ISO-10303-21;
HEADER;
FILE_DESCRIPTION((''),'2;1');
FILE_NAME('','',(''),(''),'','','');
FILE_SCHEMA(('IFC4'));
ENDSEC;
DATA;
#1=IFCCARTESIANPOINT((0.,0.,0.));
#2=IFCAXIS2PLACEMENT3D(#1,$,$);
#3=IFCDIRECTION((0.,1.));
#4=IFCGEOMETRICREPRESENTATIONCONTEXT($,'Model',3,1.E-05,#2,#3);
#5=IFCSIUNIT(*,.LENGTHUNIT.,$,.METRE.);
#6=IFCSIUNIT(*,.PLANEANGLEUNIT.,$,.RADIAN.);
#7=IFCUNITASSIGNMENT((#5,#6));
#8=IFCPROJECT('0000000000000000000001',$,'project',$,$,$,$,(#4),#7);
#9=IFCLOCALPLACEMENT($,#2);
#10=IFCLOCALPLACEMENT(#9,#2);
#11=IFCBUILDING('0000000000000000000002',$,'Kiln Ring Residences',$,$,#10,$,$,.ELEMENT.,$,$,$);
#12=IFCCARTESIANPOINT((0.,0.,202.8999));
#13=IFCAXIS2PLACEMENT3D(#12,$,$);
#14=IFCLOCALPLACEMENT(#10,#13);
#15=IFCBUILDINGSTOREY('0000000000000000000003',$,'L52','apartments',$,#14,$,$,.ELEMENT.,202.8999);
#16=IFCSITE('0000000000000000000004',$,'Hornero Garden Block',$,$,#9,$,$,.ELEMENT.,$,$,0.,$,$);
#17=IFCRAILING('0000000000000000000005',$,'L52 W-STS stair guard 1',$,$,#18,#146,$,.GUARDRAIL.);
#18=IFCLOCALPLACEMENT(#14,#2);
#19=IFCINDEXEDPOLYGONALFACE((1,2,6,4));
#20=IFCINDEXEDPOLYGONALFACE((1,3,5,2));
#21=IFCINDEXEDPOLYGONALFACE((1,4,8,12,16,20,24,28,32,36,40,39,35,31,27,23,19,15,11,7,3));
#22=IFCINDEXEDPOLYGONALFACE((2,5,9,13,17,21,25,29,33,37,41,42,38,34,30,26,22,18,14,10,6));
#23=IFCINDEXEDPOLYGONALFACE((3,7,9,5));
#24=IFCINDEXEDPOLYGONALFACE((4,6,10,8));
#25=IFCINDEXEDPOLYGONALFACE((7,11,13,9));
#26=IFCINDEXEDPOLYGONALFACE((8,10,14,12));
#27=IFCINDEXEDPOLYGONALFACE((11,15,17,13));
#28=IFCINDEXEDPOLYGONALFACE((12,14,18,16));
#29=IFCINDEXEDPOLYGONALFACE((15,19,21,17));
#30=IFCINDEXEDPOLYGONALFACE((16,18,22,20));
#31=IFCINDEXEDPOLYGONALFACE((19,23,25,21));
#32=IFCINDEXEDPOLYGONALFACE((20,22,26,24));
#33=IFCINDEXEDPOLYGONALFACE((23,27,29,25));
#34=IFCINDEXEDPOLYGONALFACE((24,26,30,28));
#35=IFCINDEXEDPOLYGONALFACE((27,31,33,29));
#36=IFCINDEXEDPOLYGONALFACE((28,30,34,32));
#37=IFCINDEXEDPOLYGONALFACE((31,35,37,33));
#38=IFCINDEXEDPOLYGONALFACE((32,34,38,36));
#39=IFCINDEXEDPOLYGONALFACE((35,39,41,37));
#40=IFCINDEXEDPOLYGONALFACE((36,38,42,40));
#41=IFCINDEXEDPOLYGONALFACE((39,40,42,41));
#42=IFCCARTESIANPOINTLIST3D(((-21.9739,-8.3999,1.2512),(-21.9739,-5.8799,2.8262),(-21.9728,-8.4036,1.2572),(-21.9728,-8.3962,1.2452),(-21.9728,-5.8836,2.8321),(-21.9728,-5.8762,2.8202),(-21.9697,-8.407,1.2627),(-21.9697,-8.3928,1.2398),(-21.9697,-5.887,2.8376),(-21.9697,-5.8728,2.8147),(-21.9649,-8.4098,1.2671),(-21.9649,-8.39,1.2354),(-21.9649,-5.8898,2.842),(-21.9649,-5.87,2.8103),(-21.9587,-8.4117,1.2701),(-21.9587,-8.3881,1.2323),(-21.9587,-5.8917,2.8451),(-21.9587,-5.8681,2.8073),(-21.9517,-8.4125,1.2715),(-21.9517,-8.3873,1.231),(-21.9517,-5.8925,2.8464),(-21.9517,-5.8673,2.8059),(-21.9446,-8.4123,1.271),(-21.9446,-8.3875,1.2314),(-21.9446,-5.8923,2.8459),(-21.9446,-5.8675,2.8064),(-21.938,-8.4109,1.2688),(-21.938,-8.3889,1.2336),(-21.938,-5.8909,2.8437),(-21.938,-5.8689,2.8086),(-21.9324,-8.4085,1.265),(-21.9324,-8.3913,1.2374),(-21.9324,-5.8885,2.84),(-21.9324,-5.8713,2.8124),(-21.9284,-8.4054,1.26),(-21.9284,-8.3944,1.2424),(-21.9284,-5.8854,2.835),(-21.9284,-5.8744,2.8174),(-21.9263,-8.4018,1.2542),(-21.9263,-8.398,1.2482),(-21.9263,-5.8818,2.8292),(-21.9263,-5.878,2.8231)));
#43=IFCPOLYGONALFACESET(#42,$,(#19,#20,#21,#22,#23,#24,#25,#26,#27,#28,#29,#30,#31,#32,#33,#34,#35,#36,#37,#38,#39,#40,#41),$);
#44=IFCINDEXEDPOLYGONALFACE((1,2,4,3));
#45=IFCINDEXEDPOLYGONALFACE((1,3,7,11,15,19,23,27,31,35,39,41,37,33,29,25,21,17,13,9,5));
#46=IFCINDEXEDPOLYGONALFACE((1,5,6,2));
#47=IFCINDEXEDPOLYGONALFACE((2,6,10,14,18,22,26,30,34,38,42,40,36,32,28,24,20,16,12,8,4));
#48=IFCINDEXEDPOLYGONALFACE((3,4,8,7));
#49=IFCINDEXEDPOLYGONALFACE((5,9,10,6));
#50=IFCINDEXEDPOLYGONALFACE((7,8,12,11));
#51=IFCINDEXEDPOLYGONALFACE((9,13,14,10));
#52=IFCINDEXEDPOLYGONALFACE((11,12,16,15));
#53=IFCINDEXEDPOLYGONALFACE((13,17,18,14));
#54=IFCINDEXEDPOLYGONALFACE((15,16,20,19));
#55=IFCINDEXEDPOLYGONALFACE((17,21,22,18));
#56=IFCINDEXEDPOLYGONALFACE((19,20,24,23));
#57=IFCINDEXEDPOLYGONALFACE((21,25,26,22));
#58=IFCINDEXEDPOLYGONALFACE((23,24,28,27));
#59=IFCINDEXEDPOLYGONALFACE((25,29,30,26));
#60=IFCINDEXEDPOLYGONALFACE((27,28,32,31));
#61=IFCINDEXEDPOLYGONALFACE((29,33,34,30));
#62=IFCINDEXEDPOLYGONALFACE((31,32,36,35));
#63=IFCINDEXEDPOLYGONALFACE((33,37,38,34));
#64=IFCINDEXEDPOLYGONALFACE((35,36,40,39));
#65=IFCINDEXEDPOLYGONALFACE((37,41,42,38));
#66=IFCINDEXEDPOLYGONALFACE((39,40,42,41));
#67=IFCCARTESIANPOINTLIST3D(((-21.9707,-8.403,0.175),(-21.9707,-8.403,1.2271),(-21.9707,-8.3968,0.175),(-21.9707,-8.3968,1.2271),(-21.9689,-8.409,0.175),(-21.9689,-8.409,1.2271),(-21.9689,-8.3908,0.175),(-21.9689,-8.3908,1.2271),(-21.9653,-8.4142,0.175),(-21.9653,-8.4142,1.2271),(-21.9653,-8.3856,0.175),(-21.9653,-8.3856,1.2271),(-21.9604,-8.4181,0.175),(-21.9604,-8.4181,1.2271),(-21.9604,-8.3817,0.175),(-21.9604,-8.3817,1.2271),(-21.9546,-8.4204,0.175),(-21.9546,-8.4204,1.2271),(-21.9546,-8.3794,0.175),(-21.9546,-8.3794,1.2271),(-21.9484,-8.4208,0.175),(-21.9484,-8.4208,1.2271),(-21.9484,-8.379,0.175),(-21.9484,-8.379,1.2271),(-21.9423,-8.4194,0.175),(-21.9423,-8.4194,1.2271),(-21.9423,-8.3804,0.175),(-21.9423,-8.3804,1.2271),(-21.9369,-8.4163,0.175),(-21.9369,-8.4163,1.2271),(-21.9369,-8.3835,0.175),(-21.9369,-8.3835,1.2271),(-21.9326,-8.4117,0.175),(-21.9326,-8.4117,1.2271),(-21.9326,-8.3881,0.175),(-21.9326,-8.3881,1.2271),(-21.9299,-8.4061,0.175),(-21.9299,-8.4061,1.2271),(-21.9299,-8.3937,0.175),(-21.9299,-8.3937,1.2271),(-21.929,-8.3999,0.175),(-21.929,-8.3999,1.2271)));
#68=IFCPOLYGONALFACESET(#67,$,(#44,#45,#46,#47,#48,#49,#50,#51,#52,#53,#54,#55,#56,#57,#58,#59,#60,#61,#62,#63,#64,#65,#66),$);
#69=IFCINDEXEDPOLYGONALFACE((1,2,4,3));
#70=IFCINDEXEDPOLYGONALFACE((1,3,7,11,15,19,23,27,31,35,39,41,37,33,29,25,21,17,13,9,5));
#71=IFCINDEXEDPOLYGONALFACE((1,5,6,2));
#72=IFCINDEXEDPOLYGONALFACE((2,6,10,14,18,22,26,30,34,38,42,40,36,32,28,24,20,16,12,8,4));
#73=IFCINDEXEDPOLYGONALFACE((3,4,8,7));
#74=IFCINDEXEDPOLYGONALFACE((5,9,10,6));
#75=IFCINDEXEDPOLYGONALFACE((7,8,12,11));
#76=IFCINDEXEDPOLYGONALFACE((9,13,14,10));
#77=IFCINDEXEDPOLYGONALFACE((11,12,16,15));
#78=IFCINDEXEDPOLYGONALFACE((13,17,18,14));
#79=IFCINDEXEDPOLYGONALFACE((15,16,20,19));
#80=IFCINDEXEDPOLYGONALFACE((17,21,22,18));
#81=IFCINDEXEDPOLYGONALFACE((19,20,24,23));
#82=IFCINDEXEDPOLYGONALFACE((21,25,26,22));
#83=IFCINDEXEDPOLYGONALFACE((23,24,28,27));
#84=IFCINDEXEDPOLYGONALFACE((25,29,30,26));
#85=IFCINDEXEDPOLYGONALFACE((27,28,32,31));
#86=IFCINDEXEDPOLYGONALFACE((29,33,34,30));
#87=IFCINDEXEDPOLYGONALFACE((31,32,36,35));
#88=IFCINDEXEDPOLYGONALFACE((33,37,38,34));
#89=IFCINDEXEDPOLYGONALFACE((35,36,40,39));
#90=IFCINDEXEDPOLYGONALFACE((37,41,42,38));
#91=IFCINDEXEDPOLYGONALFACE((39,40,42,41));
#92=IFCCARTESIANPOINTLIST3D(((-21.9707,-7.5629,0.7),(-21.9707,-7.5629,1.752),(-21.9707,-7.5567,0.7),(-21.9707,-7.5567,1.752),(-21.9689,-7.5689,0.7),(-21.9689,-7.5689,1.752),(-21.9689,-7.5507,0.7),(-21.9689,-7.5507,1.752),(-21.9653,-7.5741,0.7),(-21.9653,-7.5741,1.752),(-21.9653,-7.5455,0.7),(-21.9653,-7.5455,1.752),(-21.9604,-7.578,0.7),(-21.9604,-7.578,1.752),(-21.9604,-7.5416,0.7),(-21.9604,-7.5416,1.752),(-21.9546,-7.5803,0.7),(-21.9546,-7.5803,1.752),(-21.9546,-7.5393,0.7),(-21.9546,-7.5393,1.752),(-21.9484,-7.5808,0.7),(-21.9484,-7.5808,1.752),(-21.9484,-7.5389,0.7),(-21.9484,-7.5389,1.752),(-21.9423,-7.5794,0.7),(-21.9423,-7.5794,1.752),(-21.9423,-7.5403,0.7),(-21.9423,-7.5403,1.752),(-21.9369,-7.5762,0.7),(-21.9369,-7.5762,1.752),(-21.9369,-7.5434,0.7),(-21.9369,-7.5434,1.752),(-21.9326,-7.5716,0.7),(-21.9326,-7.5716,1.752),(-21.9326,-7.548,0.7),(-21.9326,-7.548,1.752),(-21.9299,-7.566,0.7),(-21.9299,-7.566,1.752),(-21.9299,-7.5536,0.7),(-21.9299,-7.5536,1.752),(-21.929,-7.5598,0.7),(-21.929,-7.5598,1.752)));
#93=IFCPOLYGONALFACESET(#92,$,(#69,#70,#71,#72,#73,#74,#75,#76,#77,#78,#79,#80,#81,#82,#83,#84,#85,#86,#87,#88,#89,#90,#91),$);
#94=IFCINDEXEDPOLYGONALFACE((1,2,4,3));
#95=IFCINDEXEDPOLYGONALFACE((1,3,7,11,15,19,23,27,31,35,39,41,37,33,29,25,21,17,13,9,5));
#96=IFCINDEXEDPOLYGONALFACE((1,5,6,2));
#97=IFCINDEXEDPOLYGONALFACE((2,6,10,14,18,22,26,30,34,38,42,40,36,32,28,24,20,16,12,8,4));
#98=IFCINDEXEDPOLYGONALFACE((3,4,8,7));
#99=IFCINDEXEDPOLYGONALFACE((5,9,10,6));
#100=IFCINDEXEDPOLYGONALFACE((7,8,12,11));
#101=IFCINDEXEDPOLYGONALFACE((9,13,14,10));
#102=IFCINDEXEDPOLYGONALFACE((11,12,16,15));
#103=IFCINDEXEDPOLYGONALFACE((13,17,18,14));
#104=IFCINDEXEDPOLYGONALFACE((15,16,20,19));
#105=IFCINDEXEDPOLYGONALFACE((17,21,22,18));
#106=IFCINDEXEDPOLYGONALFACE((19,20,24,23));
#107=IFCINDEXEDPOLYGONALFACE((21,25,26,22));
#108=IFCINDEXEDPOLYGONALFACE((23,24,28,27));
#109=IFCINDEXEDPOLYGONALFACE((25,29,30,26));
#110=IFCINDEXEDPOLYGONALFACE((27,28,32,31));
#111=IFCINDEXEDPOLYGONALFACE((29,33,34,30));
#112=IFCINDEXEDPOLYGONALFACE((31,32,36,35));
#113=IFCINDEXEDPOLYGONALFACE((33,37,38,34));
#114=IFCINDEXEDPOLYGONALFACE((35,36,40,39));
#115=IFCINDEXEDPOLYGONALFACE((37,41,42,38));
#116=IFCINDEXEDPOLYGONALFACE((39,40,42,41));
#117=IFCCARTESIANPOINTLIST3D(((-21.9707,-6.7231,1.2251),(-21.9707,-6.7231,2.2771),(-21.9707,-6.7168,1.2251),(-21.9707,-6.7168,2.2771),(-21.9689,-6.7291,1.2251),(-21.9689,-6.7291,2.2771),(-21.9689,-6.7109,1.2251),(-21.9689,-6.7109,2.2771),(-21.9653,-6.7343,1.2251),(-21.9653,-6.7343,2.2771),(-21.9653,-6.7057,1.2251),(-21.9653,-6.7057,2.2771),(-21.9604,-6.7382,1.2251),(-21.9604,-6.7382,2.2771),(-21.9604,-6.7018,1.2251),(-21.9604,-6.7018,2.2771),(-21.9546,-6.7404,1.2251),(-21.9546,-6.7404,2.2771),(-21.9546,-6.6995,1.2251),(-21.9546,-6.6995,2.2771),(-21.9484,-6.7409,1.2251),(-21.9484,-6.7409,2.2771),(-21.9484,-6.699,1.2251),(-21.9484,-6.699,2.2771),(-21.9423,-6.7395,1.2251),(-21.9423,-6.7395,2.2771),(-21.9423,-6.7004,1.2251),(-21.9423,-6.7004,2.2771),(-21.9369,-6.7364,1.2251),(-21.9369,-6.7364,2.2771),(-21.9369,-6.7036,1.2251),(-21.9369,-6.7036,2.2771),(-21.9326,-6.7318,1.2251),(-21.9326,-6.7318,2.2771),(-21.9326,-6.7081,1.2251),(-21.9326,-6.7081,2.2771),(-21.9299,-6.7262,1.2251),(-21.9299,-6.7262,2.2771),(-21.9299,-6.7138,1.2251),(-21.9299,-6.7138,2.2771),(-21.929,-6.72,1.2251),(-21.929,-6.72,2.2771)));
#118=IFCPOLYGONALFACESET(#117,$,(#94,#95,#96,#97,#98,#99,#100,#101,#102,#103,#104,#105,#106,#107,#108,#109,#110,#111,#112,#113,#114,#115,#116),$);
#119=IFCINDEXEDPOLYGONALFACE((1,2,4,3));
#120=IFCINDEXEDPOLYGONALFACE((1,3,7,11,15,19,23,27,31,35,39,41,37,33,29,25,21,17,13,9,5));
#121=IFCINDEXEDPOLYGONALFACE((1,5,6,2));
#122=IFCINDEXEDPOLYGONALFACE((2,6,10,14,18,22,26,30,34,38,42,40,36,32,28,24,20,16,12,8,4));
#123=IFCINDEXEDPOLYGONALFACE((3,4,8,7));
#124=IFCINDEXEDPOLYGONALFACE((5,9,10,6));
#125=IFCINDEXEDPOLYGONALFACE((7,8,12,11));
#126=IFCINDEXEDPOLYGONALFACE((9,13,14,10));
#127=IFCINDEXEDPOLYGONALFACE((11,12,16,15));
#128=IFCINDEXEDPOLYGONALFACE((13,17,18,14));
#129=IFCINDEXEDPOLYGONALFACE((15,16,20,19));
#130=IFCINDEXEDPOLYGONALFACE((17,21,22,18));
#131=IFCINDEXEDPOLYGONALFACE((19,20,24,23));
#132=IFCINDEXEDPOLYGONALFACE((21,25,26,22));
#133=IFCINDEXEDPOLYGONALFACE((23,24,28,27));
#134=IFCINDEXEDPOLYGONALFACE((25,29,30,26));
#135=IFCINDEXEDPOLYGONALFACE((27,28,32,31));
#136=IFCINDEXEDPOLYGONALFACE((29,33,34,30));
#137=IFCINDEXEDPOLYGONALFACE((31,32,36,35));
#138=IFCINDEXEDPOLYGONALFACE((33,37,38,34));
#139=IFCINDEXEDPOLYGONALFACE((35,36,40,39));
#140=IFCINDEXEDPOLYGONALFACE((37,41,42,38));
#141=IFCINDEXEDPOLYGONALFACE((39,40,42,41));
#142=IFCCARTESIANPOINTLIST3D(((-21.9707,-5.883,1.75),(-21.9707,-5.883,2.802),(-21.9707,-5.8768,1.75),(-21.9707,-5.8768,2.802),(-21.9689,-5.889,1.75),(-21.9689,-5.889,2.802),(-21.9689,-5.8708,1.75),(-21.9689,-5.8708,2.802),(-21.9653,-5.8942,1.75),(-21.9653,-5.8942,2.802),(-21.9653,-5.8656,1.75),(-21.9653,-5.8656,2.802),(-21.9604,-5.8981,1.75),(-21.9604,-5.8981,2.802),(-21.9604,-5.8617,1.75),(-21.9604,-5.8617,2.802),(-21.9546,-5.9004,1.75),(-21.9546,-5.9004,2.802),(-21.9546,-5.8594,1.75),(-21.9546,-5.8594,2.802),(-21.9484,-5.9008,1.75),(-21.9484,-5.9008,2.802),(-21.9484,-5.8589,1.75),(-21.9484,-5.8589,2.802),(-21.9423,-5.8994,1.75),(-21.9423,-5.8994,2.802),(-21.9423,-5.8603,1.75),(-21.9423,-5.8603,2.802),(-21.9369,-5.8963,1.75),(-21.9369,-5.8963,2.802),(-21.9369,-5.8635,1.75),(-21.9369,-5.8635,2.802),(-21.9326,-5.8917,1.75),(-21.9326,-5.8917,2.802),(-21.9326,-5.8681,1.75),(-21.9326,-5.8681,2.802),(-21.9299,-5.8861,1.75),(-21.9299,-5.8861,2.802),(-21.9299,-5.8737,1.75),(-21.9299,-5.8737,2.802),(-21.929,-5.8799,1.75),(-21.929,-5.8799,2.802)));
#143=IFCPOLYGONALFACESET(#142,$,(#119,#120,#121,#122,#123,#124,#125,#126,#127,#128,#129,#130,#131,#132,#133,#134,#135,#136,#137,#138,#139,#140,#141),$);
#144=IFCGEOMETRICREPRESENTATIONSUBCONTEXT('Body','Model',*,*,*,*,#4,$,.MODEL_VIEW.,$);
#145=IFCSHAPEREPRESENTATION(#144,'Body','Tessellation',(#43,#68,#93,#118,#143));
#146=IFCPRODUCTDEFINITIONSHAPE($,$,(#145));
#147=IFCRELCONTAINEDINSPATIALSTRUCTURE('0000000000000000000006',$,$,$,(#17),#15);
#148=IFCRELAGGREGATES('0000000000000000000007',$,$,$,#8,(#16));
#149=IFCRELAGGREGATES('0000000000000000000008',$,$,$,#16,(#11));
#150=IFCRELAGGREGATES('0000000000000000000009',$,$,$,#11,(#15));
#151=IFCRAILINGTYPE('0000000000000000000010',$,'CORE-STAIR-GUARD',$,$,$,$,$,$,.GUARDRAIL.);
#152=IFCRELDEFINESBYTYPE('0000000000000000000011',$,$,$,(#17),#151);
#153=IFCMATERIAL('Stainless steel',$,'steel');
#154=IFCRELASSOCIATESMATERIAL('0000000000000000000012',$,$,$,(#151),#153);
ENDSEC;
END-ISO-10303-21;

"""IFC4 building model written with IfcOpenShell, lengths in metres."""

from ifc_helpers import new_model, si_unit, direction, frame, origin, origin_2d, place, context, subcontext, project, spatial, circle, extrude, material, type_object, element, save


model = new_model("IFC4")

# Units and contexts
model_context = context("Model", 3, precision=1e-05, world=origin(), true_north=direction((0.0, 1.0)))
body_context = subcontext(model_context, "Body", "Model", "MODEL_VIEW")
ifc_project = project(units=[si_unit("LENGTHUNIT", "METRE"), si_unit("PLANEANGLEUNIT", "RADIAN")], contexts=[model_context])

# Site, building, storey
site_placement = place(None, origin())
site = spatial("IfcSite", under=ifc_project, at=site_placement, Name="Hornero Garden Block", CompositionType="ELEMENT", RefElevation=0.0)
building_placement = place(site_placement, origin())
building = spatial("IfcBuilding", under=site, at=building_placement, Name="Kiln Ring Residences", CompositionType="ELEMENT")
storey_placement = place(building_placement, frame((0.0, 0.0, 202.8999)))
storey = spatial("IfcBuildingStorey", under=building, at=storey_placement, Name="L52", Description="apartments", CompositionType="ELEMENT", Elevation=202.8999)

# Railing
ifc_material_1 = material(Name="Stainless steel", Category="steel")
railing_type_1 = type_object("IfcRailingType", Name="CORE-STAIR-GUARD", PredefinedType="GUARDRAIL", material=ifc_material_1)
railing_1_placement = place(storey_placement, frame((-21.95, -8.3999, 0.175)))
element("IfcRailing", 1, at=railing_1_placement, inside=storey, type_object=railing_type_1, Name="L52 W-STS stair guard 1", PredefinedType="GUARDRAIL", context=body_context, shape_type="SweptSolid", body=[
    extrude(circle(Radius=0.0239, at=origin_2d()), frame((0.0, 0.0, 1.0762), z_axis=(0.0, 0.848008, 0.529984), x_axis=(-1.0, 0.0, 0.0)), (0.0, 0.0, 1.0), 2.9717),
    extrude(circle(Radius=0.021, at=origin_2d()), origin(), (0.0, 0.0, 1.0), 1.052),
    extrude(circle(Radius=0.021, at=origin_2d()), frame((0.0, 0.8401, 0.5249)), (0.0, 0.0, 1.0), 1.052),
    extrude(circle(Radius=0.021, at=origin_2d()), frame((0.0, 1.6799, 1.05)), (0.0, 0.0, 1.0), 1.052),
    extrude(circle(Radius=0.021, at=origin_2d()), frame((0.0, 2.52, 1.575)), (0.0, 0.0, 1.0), 1.052),
])

save(model, "model.ifc")
